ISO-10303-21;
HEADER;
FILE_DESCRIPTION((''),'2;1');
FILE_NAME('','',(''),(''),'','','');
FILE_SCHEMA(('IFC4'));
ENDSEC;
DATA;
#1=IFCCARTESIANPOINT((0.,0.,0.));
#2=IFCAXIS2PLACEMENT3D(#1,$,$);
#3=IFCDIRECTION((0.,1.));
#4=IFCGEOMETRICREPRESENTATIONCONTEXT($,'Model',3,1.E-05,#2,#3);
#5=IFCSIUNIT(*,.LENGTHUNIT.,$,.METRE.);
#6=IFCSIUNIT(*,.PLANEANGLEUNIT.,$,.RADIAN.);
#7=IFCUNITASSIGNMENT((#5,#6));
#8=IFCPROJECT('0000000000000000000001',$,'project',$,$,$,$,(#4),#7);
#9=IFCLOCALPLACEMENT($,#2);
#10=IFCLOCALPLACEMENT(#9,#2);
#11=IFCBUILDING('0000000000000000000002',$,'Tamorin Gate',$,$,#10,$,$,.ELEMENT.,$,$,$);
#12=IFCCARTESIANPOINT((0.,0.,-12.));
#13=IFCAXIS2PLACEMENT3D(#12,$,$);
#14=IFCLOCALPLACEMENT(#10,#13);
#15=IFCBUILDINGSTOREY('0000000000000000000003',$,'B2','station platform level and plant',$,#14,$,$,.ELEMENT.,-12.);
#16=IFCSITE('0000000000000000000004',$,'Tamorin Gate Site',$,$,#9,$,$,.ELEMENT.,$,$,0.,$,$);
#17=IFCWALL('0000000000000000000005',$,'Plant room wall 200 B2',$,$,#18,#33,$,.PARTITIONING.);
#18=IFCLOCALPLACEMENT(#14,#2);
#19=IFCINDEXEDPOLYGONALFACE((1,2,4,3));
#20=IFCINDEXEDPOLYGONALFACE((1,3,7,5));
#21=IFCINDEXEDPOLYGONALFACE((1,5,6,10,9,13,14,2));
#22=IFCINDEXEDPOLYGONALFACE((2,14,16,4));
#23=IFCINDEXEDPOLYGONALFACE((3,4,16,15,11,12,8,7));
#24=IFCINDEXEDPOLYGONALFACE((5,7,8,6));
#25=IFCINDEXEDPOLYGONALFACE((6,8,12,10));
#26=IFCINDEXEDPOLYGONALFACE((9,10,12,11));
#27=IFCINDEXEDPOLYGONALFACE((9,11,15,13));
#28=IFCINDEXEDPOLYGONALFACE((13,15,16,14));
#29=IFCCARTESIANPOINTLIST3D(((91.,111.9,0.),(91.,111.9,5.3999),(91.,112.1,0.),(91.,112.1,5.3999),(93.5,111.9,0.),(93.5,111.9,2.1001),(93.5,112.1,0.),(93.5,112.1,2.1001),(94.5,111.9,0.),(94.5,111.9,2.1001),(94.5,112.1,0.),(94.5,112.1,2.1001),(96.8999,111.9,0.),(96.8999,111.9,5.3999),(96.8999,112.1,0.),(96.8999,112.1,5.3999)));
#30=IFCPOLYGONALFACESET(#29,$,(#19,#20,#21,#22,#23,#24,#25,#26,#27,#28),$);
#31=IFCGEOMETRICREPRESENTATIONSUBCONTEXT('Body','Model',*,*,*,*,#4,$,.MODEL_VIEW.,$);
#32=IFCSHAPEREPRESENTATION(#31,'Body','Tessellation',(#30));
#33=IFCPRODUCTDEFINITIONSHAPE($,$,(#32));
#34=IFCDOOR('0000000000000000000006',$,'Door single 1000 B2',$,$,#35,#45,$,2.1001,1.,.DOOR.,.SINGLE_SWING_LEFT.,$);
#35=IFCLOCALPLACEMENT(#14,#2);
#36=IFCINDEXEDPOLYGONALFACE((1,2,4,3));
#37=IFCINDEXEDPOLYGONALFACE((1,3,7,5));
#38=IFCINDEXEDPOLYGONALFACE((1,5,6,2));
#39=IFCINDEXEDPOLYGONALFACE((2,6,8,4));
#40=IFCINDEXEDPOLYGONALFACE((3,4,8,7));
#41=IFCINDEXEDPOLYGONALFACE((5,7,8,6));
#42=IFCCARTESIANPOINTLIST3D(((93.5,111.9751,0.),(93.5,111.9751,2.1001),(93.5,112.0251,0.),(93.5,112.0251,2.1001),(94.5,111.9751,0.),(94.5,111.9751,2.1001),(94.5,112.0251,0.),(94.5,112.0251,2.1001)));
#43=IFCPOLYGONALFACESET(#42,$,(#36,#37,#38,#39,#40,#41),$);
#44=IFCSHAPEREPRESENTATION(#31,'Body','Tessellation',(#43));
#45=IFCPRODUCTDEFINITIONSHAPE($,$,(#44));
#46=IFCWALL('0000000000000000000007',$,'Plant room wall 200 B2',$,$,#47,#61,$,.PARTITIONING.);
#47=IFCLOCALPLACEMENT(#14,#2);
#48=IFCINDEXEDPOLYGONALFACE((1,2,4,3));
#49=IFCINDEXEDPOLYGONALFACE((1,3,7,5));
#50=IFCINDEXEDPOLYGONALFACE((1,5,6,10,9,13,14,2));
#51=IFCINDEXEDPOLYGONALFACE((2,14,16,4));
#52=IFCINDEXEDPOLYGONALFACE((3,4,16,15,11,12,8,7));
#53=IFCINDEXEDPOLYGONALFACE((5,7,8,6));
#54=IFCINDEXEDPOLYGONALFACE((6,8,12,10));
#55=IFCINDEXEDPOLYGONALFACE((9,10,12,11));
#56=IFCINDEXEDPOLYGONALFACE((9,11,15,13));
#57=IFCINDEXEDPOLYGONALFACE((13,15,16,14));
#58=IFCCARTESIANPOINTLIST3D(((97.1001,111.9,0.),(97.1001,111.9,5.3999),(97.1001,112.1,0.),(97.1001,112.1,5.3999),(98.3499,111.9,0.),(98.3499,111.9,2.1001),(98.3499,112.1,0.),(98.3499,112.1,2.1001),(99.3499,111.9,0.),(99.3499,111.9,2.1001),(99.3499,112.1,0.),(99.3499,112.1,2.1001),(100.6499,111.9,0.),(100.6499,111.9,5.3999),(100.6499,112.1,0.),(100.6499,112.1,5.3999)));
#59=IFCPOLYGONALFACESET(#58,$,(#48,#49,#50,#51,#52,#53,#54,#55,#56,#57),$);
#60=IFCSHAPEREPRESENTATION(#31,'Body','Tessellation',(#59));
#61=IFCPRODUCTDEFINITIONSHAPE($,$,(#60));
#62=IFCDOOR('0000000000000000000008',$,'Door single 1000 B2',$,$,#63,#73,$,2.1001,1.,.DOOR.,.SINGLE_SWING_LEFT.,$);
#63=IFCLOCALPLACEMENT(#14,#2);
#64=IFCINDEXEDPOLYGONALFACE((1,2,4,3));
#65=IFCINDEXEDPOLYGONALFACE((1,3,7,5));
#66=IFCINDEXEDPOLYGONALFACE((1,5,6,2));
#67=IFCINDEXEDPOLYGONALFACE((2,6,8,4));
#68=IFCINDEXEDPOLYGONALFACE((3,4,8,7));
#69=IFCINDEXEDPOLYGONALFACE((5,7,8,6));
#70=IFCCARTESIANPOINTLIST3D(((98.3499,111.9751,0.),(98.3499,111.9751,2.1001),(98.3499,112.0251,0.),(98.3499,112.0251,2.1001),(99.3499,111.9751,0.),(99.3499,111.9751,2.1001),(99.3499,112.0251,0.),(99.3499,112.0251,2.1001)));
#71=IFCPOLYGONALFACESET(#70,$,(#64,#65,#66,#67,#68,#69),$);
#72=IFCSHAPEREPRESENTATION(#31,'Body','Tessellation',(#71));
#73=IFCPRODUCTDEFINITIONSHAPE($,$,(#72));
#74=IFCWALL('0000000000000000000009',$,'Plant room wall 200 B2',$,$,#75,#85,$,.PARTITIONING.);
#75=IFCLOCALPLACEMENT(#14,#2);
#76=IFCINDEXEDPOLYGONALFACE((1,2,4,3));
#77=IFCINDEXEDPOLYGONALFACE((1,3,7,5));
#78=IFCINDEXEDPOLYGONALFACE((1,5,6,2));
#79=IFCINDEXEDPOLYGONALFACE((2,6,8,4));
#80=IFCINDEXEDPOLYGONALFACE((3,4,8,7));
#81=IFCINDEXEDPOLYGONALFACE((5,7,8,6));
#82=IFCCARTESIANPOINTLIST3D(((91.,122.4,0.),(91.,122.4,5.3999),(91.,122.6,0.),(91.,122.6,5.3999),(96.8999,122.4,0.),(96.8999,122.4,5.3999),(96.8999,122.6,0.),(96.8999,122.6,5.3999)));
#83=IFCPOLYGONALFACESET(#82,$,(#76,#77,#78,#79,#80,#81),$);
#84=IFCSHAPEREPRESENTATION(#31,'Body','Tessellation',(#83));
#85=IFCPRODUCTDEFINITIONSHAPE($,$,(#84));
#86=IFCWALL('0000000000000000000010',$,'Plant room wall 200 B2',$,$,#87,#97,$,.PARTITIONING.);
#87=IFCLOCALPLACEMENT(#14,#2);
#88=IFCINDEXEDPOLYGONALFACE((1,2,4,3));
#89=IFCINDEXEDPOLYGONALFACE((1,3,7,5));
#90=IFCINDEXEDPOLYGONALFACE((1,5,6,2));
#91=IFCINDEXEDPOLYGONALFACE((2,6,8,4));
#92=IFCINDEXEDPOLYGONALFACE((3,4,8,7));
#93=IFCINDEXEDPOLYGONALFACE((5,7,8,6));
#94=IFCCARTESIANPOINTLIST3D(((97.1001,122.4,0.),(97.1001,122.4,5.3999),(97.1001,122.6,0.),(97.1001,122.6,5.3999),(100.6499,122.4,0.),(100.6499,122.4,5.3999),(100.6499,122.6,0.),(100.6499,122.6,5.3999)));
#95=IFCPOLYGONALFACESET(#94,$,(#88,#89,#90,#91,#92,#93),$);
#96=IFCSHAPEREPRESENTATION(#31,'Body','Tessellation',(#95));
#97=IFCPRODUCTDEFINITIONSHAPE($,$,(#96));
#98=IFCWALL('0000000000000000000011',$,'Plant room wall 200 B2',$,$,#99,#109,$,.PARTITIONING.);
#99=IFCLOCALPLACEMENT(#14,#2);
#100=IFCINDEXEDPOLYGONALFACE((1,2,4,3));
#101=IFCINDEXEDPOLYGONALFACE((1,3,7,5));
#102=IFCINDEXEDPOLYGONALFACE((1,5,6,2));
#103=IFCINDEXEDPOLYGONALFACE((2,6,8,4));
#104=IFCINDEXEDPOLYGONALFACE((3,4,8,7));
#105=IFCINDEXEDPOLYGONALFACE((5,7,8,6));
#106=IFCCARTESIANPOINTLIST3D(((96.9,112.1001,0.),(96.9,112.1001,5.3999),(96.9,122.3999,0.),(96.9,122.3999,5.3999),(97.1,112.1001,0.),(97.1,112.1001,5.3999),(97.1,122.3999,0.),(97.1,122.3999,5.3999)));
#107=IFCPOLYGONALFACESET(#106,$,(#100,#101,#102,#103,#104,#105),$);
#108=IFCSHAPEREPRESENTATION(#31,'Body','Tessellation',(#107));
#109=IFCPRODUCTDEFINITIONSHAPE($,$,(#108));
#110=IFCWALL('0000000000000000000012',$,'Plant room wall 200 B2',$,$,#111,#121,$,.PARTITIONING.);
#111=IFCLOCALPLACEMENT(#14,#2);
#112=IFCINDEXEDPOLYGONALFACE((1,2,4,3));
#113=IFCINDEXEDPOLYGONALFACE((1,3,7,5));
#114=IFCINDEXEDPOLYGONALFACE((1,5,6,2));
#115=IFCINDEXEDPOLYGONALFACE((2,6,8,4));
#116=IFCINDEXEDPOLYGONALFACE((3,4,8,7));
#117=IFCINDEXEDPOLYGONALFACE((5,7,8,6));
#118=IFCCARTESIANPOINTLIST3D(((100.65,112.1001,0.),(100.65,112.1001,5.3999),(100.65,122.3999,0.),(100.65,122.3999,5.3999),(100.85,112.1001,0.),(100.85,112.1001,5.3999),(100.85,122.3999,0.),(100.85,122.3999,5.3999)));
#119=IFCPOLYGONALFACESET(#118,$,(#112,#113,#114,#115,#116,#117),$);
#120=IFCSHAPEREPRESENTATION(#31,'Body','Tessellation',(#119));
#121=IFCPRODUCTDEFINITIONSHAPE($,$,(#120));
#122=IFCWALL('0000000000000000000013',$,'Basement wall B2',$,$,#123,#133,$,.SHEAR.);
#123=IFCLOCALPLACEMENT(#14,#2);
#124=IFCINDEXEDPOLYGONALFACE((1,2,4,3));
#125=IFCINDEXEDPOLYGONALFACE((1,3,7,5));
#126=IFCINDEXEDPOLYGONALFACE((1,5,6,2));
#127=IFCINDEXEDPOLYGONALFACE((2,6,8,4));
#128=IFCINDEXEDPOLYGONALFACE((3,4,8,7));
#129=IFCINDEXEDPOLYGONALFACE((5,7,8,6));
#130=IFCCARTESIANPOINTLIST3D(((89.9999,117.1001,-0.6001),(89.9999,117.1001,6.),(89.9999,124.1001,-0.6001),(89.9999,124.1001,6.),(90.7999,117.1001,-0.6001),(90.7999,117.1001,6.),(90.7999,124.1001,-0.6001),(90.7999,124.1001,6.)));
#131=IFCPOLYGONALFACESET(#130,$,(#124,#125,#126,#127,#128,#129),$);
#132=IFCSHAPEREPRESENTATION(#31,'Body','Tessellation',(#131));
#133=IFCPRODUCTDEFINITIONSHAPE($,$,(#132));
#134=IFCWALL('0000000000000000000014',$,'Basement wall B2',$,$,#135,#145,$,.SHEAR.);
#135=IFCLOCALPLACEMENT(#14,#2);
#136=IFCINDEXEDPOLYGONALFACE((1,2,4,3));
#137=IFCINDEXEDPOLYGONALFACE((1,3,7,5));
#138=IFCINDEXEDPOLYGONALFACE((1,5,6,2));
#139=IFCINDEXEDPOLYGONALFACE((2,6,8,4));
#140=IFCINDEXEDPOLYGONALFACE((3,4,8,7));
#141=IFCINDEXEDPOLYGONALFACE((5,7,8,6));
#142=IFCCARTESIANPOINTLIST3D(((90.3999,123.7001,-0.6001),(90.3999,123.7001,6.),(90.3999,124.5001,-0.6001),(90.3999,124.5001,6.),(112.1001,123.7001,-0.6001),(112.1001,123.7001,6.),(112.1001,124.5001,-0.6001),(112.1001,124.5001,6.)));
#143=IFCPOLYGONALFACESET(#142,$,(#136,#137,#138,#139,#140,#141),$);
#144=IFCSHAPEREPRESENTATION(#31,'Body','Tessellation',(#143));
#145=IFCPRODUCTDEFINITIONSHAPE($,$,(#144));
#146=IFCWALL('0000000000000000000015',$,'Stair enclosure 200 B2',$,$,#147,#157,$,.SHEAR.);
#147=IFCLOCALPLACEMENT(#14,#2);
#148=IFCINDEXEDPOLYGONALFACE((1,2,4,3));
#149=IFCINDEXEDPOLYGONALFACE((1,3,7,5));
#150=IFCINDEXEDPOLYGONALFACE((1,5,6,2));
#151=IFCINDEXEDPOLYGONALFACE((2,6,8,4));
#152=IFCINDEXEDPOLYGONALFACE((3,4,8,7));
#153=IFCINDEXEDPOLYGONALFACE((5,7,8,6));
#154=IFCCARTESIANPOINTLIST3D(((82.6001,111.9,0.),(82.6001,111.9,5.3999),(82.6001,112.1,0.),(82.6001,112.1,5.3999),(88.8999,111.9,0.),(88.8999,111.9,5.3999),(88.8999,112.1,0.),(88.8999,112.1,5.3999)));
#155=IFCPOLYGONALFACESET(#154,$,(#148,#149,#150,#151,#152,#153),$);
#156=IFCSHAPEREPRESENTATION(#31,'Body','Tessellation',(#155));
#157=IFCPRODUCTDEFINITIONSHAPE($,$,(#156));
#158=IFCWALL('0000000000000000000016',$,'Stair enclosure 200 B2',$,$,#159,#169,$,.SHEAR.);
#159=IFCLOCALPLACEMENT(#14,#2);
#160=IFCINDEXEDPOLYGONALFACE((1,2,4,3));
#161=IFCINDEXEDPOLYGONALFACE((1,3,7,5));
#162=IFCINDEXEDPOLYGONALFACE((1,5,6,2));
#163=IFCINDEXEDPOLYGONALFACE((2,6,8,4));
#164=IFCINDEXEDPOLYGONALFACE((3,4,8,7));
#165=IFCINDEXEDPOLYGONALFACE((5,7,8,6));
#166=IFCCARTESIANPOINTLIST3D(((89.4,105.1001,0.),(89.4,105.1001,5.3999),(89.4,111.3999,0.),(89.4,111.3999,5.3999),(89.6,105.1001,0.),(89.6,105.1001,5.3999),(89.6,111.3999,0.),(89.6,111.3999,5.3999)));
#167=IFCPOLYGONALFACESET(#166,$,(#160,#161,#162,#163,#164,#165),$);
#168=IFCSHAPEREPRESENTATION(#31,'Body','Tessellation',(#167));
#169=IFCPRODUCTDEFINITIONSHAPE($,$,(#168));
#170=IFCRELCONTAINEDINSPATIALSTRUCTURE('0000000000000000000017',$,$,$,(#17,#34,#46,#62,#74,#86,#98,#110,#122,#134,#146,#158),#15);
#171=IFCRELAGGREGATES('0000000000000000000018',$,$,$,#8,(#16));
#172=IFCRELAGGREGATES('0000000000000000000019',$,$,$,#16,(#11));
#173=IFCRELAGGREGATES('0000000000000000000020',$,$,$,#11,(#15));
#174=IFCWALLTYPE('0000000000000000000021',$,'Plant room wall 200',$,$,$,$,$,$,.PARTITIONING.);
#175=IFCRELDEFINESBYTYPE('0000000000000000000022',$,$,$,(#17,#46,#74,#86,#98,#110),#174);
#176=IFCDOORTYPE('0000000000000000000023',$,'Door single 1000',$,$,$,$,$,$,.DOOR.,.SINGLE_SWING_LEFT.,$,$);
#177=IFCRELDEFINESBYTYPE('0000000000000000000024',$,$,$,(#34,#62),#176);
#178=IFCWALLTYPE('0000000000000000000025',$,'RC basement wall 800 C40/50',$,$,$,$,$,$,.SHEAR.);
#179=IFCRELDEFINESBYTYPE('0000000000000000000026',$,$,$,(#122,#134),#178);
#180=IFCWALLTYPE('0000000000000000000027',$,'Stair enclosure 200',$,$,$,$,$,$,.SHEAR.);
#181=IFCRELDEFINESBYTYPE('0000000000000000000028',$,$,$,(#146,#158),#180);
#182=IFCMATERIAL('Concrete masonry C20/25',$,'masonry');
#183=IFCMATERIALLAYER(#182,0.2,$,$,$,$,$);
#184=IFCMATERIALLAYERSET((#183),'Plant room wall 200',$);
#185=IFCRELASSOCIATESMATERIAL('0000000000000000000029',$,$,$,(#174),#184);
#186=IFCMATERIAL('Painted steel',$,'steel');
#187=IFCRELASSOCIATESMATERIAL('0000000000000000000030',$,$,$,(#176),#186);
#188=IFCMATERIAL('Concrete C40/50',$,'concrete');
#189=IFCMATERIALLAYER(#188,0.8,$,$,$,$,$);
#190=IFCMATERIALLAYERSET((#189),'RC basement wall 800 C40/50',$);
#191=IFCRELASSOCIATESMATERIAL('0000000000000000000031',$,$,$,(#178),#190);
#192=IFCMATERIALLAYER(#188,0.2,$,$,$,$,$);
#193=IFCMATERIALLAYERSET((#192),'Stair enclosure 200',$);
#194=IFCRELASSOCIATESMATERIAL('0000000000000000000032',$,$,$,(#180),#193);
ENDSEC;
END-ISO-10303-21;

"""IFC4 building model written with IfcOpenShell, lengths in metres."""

from ifc_helpers import new_model, si_unit, direction, frame, frame_2d, origin, place, context, subcontext, project, spatial, rectangle, extrude, material, layer, layer_set, type_object, element, fill, save


model = new_model("IFC4")

# Units and contexts
model_context = context("Model", 3, precision=1e-05, world=origin(), true_north=direction((0.0, 1.0)))
body_context = subcontext(model_context, "Body", "Model", "MODEL_VIEW")
ifc_project = project(units=[si_unit("LENGTHUNIT", "METRE"), si_unit("PLANEANGLEUNIT", "RADIAN")], contexts=[model_context])

# Site, building, storey
site_placement = place(None, origin())
site = spatial("IfcSite", under=ifc_project, at=site_placement, Name="Tamorin Gate Site", CompositionType="ELEMENT", RefElevation=0.0)
building_placement = place(site_placement, origin())
building = spatial("IfcBuilding", under=site, at=building_placement, Name="Tamorin Gate", CompositionType="ELEMENT")
storey_placement = place(building_placement, frame((0.0, 0.0, -12.0)))
storey = spatial("IfcBuildingStorey", under=building, at=storey_placement, Name="B2", Description="station platform level and plant", CompositionType="ELEMENT", Elevation=-12.0)

# Shared definitions
ifc_material_1 = material(Name="Concrete C40/50", Category="concrete")

# Walls, openings, doors
ifc_material_2 = material(Name="Concrete masonry C20/25", Category="masonry")
ifc_layer_1 = layer(ifc_material_2, 0.2)
ifc_layer_set_1 = layer_set([ifc_layer_1], Name="Plant room wall 200")
wall_type_1 = type_object("IfcWallType", Name="Plant room wall 200", PredefinedType="PARTITIONING", material=ifc_layer_set_1)
wall_1_placement = place(storey_placement, frame((96.8999, 112.0, 0.0), z_axis=(0.0, 0.0, 1.0), x_axis=(-1.0, 0.0, 0.0)))
wall_1 = element("IfcWall", 1, at=wall_1_placement, inside=storey, type_object=wall_type_1, Name="Plant room wall 200 B2", PredefinedType="PARTITIONING", context=body_context, shape_type="SweptSolid", body=[
    extrude(rectangle(XDim=5.8999, YDim=0.2, at=frame_2d((2.95, 0.0))), origin(), (0.0, 0.0, 1.0), 5.3999),
])
opening_1_placement = place(wall_1_placement, frame((2.3999, 0.0, 0.0)))
opening_1 = element("IfcOpeningElement", 2, at=opening_1_placement, cuts=wall_1, PredefinedType="OPENING", context=body_context, shape_type="SweptSolid", body=[
    extrude(rectangle(XDim=1.0, YDim=2.1001, at=frame_2d((0.5, 1.05))), frame((0.0, 0.1099, 0.0), z_axis=(0.0, -1.0, 0.0), x_axis=(1.0, 0.0, 0.0)), (0.0, 0.0, 1.0), 0.22),
])
ifc_material_3 = material(Name="Painted steel", Category="steel")
door_type = type_object("IfcDoorType", Name="Door single 1000", OperationType="SINGLE_SWING_LEFT", PredefinedType="DOOR", material=ifc_material_3)
door_1_placement = place(opening_1_placement, origin())
door_1 = element("IfcDoor", 3, at=door_1_placement, inside=storey, type_object=door_type, Name="Door single 1000 B2", OperationType="SINGLE_SWING_LEFT", OverallHeight=2.1001, OverallWidth=1.0, PredefinedType="DOOR", context=body_context, shape_type="SweptSolid", body=[
    extrude(rectangle(XDim=1.0, YDim=2.1001, at=frame_2d((0.5, 1.05))), frame((0.0, 0.0249, 0.0), z_axis=(0.0, -1.0, 0.0), x_axis=(1.0, 0.0, 0.0)), (0.0, 0.0, 1.0), 0.05),
])
fill(opening_1, door_1)
wall_2_placement = place(storey_placement, frame((100.6499, 112.0, 0.0), z_axis=(0.0, 0.0, 1.0), x_axis=(-1.0, 0.0, 0.0)))
wall_2 = element("IfcWall", 4, at=wall_2_placement, inside=storey, type_object=wall_type_1, Name="Plant room wall 200 B2", PredefinedType="PARTITIONING", context=body_context, shape_type="SweptSolid", body=[
    extrude(rectangle(XDim=3.5498, YDim=0.2, at=frame_2d((1.7749, 0.0))), origin(), (0.0, 0.0, 1.0), 5.3999),
])
opening_2_placement = place(wall_2_placement, frame((1.3, 0.0, 0.0)))
opening_2 = element("IfcOpeningElement", 5, at=opening_2_placement, cuts=wall_2, PredefinedType="OPENING", context=body_context, shape_type="SweptSolid", body=[
    extrude(rectangle(XDim=1.0, YDim=2.1001, at=frame_2d((0.5, 1.05))), frame((0.0, 0.1099, 0.0), z_axis=(0.0, -1.0, 0.0), x_axis=(1.0, 0.0, 0.0)), (0.0, 0.0, 1.0), 0.22),
])
door_2_placement = place(opening_2_placement, origin())
door_2 = element("IfcDoor", 6, at=door_2_placement, inside=storey, type_object=door_type, Name="Door single 1000 B2", OperationType="SINGLE_SWING_LEFT", OverallHeight=2.1001, OverallWidth=1.0, PredefinedType="DOOR", context=body_context, shape_type="SweptSolid", body=[
    extrude(rectangle(XDim=1.0, YDim=2.1001, at=frame_2d((0.5, 1.05))), frame((0.0, 0.0249, 0.0), z_axis=(0.0, -1.0, 0.0), x_axis=(1.0, 0.0, 0.0)), (0.0, 0.0, 1.0), 0.05),
])
fill(opening_2, door_2)

# Walls
wall_3_placement = place(storey_placement, frame((91.0, 122.5, 0.0), z_axis=(0.0, 0.0, 1.0), x_axis=(1.0, 0.0, 0.0)))
element("IfcWall", 7, at=wall_3_placement, inside=storey, type_object=wall_type_1, Name="Plant room wall 200 B2", PredefinedType="PARTITIONING", context=body_context, shape_type="SweptSolid", body=[
    extrude(rectangle(XDim=5.8999, YDim=0.2, at=frame_2d((2.95, 0.0))), origin(), (0.0, 0.0, 1.0), 5.3999),
])
wall_4_placement = place(storey_placement, frame((97.1001, 122.5, 0.0), z_axis=(0.0, 0.0, 1.0), x_axis=(1.0, 0.0, 0.0)))
element("IfcWall", 8, at=wall_4_placement, inside=storey, type_object=wall_type_1, Name="Plant room wall 200 B2", PredefinedType="PARTITIONING", context=body_context, shape_type="SweptSolid", body=[
    extrude(rectangle(XDim=3.5498, YDim=0.2, at=frame_2d((1.7749, 0.0))), origin(), (0.0, 0.0, 1.0), 5.3999),
])
for number, where, z_axis, x_axis, name in (
    (9, (97.0, 112.1001, 0.0), (0.0, 0.0, 1.0), (0.0, 1.0, 0.0), "Plant room wall 200 B2"),
    (10, (100.75, 112.1001, 0.0), (0.0, 0.0, 1.0), (0.0, 1.0, 0.0), "Plant room wall 200 B2"),
):
    element("IfcWall", number, at=place(storey_placement, frame(where, z_axis=z_axis, x_axis=x_axis)), inside=storey, type_object=wall_type_1, Name=name, PredefinedType="PARTITIONING", context=body_context, shape_type="SweptSolid", body=[
        extrude(rectangle(XDim=10.2998, YDim=0.2, at=frame_2d((5.1499, 0.0))), origin(), (0.0, 0.0, 1.0), 5.3999),
    ])
ifc_layer_2 = layer(ifc_material_1, 0.8)
ifc_layer_set_2 = layer_set([ifc_layer_2], Name="RC basement wall 800 C40/50")
wall_type_2 = type_object("IfcWallType", Name="RC basement wall 800 C40/50", PredefinedType="SHEAR", material=ifc_layer_set_2)
wall_5_placement = place(storey_placement, frame((90.3999, 117.1001, -0.6001), z_axis=(0.0, 0.0, 1.0), x_axis=(0.0, 1.0, 0.0)))
element("IfcWall", 11, at=wall_5_placement, inside=storey, type_object=wall_type_2, Name="Basement wall B2", PredefinedType="SHEAR", context=body_context, shape_type="SweptSolid", body=[
    extrude(rectangle(XDim=7.0, YDim=0.8, at=frame_2d((3.5, 0.0))), origin(), (0.0, 0.0, 1.0), 6.6001),
])
wall_6_placement = place(storey_placement, frame((90.3999, 124.1001, -0.6001), z_axis=(0.0, 0.0, 1.0), x_axis=(1.0, 0.0, 0.0)))
element("IfcWall", 12, at=wall_6_placement, inside=storey, type_object=wall_type_2, Name="Basement wall B2", PredefinedType="SHEAR", context=body_context, shape_type="SweptSolid", body=[
    extrude(rectangle(XDim=21.7002, YDim=0.8, at=frame_2d((10.8501, 0.0))), origin(), (0.0, 0.0, 1.0), 6.6001),
])
ifc_layer_3 = layer(ifc_material_1, 0.2)
ifc_layer_set_3 = layer_set([ifc_layer_3], Name="Stair enclosure 200")
wall_type_3 = type_object("IfcWallType", Name="Stair enclosure 200", PredefinedType="SHEAR", material=ifc_layer_set_3)
for number, where, z_axis, x_axis, name in (
    (13, (82.6001, 112.0, 0.0), (0.0, 0.0, 1.0), (1.0, 0.0, 0.0), "Stair enclosure 200 B2"),
    (14, (89.5, 105.1001, 0.0), (0.0, 0.0, 1.0), (0.0, 1.0, 0.0), "Stair enclosure 200 B2"),
):
    element("IfcWall", number, at=place(storey_placement, frame(where, z_axis=z_axis, x_axis=x_axis)), inside=storey, type_object=wall_type_3, Name=name, PredefinedType="SHEAR", context=body_context, shape_type="SweptSolid", body=[
        extrude(rectangle(XDim=6.2998, YDim=0.2, at=frame_2d((3.1499, 0.0))), origin(), (0.0, 0.0, 1.0), 5.3999),
    ])

save(model, "model.ifc")
